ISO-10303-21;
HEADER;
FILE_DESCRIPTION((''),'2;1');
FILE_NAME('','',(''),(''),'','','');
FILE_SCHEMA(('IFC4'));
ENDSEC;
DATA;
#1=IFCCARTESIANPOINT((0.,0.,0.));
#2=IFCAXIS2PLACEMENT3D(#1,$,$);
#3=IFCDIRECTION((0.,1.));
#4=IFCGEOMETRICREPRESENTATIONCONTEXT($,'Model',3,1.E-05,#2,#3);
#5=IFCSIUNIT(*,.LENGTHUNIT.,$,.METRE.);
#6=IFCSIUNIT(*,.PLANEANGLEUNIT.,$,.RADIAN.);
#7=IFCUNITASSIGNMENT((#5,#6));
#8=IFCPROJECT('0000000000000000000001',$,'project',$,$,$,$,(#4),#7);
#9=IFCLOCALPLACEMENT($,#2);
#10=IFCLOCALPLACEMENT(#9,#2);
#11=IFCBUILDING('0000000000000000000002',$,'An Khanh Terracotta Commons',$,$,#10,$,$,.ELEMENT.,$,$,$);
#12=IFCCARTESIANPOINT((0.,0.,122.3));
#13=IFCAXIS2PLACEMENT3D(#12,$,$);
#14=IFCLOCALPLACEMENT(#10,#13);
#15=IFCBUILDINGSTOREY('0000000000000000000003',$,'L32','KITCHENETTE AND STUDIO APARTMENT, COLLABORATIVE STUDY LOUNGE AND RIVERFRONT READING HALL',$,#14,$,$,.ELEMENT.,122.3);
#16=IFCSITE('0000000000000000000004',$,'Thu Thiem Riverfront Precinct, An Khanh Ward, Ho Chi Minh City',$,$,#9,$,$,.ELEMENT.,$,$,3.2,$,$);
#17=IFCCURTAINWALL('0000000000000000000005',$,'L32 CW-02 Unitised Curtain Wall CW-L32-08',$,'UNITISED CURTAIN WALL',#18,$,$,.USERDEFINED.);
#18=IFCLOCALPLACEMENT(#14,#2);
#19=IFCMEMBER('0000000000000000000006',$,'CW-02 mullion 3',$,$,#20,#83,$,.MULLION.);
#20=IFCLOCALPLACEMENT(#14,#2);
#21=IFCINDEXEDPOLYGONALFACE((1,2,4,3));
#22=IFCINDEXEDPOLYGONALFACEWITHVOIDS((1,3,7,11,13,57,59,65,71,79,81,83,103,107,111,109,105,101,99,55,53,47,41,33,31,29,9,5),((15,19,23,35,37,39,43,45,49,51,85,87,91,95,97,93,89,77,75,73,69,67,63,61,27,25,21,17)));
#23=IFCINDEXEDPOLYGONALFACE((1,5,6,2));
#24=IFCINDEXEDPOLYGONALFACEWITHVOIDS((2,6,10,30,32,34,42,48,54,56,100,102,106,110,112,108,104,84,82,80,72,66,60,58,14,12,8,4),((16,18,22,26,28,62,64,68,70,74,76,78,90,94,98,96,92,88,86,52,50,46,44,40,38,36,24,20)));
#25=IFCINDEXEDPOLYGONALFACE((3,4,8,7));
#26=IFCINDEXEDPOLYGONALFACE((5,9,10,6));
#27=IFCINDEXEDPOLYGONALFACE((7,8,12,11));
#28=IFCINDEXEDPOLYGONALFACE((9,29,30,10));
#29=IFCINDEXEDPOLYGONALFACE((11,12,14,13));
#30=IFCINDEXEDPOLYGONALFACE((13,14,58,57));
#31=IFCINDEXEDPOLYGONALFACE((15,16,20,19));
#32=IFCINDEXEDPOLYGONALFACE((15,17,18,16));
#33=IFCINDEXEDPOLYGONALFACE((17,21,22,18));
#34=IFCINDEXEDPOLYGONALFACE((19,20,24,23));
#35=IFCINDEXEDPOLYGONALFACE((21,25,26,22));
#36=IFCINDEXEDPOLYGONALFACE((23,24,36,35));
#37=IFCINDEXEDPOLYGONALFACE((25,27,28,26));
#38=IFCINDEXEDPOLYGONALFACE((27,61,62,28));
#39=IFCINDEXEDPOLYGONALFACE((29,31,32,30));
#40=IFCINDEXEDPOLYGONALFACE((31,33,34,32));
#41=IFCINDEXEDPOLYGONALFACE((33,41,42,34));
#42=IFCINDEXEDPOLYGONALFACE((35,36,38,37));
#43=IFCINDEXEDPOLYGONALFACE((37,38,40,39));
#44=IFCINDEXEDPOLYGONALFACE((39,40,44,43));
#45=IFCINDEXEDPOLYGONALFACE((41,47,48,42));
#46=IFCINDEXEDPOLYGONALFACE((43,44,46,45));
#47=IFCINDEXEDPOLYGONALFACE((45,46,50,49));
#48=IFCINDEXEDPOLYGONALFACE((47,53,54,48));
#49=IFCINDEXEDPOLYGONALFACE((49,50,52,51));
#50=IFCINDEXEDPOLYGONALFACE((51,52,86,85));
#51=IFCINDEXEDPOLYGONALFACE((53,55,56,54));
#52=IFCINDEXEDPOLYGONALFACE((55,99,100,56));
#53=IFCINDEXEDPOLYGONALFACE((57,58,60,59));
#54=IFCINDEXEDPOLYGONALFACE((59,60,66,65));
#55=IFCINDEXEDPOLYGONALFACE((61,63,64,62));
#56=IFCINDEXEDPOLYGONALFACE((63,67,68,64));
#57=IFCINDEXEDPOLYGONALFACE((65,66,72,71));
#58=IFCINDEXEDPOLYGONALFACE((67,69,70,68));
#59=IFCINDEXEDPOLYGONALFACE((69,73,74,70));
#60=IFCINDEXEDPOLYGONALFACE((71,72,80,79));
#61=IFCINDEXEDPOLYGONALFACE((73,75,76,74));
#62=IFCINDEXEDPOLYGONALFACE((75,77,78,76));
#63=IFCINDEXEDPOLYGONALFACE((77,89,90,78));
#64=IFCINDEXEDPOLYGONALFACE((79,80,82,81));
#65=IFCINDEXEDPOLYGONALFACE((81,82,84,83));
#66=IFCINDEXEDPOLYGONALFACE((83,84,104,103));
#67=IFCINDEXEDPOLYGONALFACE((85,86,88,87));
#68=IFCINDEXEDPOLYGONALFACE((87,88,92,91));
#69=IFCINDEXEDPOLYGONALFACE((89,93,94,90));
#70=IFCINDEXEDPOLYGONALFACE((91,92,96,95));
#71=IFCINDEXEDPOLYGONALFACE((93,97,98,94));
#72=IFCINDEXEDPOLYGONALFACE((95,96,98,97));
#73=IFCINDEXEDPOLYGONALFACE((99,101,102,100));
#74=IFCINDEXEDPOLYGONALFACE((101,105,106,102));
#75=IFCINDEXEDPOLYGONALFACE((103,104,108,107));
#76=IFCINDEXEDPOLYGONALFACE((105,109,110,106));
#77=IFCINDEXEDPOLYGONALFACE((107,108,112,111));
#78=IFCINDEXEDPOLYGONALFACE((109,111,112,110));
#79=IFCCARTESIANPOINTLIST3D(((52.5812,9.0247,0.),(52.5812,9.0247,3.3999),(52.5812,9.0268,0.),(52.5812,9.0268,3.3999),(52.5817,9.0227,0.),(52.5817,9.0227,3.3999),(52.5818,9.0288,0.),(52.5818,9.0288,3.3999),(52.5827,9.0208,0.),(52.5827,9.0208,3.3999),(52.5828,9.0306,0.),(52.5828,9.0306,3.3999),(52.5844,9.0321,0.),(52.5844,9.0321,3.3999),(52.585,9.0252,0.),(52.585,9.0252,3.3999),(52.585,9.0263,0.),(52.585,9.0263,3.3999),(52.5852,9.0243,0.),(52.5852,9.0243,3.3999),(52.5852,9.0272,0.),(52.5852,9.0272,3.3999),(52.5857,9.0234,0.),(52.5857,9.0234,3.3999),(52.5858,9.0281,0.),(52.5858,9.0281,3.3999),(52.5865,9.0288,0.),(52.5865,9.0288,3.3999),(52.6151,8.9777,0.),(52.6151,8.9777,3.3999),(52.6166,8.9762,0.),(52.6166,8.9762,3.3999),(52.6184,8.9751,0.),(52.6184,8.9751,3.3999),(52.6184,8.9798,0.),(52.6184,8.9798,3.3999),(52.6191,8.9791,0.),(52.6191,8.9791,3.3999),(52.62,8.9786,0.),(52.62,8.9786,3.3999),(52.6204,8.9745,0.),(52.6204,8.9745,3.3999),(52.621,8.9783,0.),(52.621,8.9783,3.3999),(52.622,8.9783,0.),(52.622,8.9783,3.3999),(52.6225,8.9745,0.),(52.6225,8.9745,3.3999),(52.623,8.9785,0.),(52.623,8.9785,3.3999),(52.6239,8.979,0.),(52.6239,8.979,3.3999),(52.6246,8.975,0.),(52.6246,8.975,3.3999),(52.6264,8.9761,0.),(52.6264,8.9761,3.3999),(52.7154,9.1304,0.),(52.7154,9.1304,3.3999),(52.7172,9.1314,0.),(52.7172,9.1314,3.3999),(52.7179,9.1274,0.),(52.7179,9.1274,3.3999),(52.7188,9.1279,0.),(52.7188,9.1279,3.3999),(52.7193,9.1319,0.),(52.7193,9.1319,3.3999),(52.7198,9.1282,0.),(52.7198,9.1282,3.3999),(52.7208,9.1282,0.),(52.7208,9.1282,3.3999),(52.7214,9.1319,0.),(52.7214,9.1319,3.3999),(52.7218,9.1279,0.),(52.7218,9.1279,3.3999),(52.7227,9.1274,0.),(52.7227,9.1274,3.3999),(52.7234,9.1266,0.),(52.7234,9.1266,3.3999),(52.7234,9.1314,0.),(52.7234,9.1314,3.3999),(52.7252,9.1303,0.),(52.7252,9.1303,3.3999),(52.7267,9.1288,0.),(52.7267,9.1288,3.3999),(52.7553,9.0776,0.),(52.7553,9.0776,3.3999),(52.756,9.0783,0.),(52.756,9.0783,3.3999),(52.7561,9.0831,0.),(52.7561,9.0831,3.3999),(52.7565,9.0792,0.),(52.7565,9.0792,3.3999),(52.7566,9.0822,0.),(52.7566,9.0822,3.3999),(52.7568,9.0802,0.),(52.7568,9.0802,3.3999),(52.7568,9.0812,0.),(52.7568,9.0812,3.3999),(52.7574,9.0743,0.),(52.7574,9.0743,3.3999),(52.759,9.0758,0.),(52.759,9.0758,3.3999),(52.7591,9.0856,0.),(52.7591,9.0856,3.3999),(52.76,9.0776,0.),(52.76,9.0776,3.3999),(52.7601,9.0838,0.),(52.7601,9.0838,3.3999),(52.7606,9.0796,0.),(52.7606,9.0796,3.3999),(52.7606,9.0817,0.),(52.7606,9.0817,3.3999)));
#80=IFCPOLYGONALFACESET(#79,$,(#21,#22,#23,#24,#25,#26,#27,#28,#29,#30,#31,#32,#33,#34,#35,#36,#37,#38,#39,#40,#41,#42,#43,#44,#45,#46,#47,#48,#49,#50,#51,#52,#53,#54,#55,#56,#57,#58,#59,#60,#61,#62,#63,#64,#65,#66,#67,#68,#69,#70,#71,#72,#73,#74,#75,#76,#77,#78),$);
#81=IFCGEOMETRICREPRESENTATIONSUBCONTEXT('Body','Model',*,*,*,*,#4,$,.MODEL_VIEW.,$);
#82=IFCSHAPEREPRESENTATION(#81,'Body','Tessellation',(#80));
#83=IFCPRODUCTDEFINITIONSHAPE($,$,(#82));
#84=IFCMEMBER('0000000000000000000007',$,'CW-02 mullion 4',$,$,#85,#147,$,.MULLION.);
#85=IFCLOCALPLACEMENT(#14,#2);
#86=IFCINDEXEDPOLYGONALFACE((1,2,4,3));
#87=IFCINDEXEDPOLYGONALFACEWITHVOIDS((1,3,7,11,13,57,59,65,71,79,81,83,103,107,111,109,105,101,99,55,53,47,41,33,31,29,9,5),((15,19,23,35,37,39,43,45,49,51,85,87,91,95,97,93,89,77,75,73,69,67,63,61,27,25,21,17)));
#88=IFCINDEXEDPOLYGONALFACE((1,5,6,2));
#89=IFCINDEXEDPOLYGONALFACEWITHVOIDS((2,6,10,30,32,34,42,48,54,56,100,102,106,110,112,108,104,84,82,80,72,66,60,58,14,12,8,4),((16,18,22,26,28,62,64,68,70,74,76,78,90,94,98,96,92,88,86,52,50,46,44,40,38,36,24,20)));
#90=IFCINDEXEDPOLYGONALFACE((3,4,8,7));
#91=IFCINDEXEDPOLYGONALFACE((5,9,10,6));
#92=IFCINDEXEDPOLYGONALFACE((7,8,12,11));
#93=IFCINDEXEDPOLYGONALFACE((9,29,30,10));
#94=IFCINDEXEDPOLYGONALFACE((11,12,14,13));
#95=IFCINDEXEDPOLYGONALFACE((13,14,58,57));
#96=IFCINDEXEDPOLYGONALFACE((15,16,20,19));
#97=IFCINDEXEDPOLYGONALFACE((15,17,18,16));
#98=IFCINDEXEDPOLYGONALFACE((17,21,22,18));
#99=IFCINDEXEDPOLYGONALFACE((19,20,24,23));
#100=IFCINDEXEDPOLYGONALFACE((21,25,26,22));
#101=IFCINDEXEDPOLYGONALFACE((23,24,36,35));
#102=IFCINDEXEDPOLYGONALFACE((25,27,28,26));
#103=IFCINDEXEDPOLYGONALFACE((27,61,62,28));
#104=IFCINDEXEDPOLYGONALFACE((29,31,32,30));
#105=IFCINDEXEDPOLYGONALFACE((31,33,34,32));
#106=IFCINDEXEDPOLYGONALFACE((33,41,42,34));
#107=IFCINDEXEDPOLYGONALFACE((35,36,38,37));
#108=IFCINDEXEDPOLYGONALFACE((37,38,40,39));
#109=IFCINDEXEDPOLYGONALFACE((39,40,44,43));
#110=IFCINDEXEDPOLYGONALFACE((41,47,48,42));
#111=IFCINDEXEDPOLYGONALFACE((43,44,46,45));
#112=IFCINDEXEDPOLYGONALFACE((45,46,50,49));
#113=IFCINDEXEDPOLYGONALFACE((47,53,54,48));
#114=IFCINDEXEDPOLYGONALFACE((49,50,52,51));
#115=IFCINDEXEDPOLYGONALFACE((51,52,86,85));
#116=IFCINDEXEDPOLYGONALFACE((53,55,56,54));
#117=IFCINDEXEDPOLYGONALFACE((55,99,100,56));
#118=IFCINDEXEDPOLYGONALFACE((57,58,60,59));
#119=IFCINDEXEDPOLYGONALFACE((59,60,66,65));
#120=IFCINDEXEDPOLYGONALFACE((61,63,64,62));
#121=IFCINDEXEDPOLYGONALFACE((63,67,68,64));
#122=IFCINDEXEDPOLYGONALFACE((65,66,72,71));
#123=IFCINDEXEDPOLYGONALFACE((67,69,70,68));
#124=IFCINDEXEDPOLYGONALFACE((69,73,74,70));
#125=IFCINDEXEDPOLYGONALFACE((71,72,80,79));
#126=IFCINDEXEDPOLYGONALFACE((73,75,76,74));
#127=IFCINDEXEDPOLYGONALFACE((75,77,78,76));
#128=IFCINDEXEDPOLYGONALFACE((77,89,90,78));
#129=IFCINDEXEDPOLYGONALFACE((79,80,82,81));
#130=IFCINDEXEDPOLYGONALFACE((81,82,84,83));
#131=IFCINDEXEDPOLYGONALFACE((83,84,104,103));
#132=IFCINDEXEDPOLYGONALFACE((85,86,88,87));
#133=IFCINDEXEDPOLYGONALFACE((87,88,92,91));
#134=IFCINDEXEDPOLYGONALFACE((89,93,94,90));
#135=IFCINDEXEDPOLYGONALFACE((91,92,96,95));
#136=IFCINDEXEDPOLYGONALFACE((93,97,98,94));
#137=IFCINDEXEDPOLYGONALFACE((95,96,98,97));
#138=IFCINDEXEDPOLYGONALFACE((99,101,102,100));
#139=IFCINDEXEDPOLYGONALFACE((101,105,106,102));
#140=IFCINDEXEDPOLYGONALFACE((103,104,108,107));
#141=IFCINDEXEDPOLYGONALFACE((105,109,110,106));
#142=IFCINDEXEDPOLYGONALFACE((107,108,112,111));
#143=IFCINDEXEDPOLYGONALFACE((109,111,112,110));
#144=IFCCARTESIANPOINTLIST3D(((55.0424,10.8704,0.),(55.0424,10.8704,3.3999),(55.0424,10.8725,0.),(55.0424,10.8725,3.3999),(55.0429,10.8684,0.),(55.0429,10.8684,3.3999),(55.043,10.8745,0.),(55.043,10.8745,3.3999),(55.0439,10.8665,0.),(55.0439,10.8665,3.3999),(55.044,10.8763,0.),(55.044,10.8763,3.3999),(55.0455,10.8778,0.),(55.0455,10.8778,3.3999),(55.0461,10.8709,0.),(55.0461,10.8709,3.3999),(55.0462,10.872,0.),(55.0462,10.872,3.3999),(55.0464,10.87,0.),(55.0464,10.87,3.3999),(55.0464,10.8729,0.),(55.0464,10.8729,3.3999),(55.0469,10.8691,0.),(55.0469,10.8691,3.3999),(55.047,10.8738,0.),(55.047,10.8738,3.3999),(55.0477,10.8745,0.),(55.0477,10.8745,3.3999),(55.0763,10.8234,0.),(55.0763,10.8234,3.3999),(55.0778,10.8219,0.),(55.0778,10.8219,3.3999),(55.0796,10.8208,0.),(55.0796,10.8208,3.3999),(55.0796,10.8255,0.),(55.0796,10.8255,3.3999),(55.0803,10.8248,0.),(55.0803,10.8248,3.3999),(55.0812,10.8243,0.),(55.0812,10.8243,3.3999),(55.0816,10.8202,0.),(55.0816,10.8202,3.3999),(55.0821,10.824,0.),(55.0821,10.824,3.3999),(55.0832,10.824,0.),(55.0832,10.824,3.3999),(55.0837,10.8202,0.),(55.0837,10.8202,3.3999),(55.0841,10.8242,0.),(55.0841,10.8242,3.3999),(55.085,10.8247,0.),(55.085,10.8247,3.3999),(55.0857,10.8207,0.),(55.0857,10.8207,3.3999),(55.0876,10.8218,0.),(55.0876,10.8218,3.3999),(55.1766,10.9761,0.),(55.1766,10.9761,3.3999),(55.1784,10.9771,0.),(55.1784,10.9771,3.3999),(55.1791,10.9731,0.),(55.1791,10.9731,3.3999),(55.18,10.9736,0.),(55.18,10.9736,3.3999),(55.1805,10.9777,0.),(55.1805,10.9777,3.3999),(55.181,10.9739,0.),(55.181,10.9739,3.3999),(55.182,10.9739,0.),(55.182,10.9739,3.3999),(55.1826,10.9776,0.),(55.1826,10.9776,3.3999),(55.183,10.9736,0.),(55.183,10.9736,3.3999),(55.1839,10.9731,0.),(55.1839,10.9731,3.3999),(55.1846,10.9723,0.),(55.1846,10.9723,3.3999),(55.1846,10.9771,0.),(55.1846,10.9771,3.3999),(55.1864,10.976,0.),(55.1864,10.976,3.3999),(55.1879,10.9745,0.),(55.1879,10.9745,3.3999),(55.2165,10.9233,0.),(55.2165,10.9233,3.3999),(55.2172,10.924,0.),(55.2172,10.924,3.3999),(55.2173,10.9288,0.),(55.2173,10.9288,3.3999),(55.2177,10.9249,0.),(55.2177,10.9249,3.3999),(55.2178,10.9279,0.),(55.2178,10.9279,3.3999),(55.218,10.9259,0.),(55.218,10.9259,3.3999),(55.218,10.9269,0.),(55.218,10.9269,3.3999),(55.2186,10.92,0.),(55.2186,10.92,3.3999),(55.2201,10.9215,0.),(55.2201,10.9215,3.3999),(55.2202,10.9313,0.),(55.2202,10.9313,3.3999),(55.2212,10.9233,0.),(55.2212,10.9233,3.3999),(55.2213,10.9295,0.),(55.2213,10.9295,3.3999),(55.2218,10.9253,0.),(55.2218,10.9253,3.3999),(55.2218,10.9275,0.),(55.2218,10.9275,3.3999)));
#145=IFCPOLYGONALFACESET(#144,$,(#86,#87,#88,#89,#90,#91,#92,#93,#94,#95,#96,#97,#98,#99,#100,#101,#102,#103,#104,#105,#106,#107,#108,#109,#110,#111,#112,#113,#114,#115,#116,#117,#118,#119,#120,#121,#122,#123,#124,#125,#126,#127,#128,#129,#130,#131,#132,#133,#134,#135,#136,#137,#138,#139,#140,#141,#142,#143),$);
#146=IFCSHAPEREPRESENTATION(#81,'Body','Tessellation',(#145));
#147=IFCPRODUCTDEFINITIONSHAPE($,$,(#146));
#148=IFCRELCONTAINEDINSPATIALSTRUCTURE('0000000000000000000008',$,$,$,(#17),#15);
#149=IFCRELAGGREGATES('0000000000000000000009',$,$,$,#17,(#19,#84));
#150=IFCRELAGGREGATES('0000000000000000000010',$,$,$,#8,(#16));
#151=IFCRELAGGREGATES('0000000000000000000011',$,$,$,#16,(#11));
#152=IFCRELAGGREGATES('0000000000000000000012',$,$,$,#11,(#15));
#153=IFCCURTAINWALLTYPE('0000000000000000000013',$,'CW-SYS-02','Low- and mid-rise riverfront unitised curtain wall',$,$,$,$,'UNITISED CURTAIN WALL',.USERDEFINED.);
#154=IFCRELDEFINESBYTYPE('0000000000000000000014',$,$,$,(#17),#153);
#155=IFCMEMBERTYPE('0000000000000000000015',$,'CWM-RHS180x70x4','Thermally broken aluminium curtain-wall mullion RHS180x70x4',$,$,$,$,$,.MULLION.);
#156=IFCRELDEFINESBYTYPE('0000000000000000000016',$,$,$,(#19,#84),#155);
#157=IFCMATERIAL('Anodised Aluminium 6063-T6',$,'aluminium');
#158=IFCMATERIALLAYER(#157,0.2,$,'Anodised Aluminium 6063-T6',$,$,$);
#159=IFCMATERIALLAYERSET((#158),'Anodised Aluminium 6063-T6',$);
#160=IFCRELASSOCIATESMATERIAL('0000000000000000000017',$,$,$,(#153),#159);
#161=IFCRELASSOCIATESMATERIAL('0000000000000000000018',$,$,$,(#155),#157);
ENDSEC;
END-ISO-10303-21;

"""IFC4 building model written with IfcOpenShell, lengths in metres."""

from ifc_helpers import new_model, si_unit, direction, frame, origin, origin_2d, place, context, subcontext, project, spatial, hollow_rectangle, extrude, material, layer, layer_set, material_profile, profile_set, type_object, element, aggregate, save


model = new_model("IFC4")

# Units and contexts
model_context = context("Model", 3, precision=1e-05, world=origin(), true_north=direction((0.0, 1.0)))
body_context = subcontext(model_context, "Body", "Model", "MODEL_VIEW")
ifc_project = project(units=[si_unit("LENGTHUNIT", "METRE"), si_unit("PLANEANGLEUNIT", "RADIAN")], contexts=[model_context])

# Site, building, storey
site_placement = place(None, origin())
site = spatial("IfcSite", under=ifc_project, at=site_placement, Name="Thu Thiem Riverfront Precinct, An Khanh Ward, Ho Chi Minh City", CompositionType="ELEMENT", RefElevation=3.2)
building_placement = place(site_placement, origin())
building = spatial("IfcBuilding", under=site, at=building_placement, Name="An Khanh Terracotta Commons", CompositionType="ELEMENT")
storey_placement = place(building_placement, frame((0.0, 0.0, 122.3)))
storey = spatial("IfcBuildingStorey", under=building, at=storey_placement, Name="L32", Description="KITCHENETTE AND STUDIO APARTMENT, COLLABORATIVE STUDY LOUNGE AND RIVERFRONT READING HALL", CompositionType="ELEMENT", Elevation=122.3)

# Curtain wall, members
ifc_material_1 = material(Name="Anodised Aluminium 6063-T6", Category="aluminium")
ifc_layer_1 = layer(ifc_material_1, 0.2, Name="Anodised Aluminium 6063-T6")
ifc_layer_set_1 = layer_set([ifc_layer_1], Name="Anodised Aluminium 6063-T6")
curtain_wall_type = type_object("IfcCurtainWallType", Name="CW-SYS-02", Description="Low- and mid-rise riverfront unitised curtain wall", ElementType="UNITISED CURTAIN WALL", PredefinedType="USERDEFINED", material=ifc_layer_set_1)
curtain_wall_1_placement = place(storey_placement, origin())
curtain_wall_1 = element("IfcCurtainWall", 1, at=curtain_wall_1_placement, inside=storey, type_object=curtain_wall_type, Name="L32 CW-02 Unitised Curtain Wall CW-L32-08", ObjectType="UNITISED CURTAIN WALL", PredefinedType="USERDEFINED")
ifc_material_profile_1 = material_profile(ifc_material_1, hollow_rectangle(XDim=0.0701, YDim=0.1799, WallThickness=0.0039, InnerFilletRadius=0.0039, OuterFilletRadius=0.0081, at=origin_2d()), Name="RHS180x70x4")
ifc_profile_set_1 = profile_set([ifc_material_profile_1], Name="Anodised Aluminium 6063-T6")
member_type_1 = type_object("IfcMemberType", Name="CWM-RHS180x70x4", Description="Thermally broken aluminium curtain-wall mullion RHS180x70x4", PredefinedType="MULLION", material=ifc_profile_set_1)
member_1_placement = place(storey_placement, frame((52.6709, 9.0532, 0.0), z_axis=(0.0, 0.0, 1.0), x_axis=(-0.599983, 0.800013, 0.0)))
member_1 = element("IfcMember", 2, at=member_1_placement, type_object=member_type_1, Name="CW-02 mullion 3", PredefinedType="MULLION", context=body_context, shape_type="SweptSolid", body=[
    extrude(hollow_rectangle(XDim=0.0701, YDim=0.1799, WallThickness=0.0039, InnerFilletRadius=0.0039, OuterFilletRadius=0.0081, at=origin_2d()), origin(), (0.0, 0.0, 1.0), 3.3999),
])
member_2_placement = place(storey_placement, frame((55.1321, 10.8989, 0.0), z_axis=(0.0, 0.0, 1.0), x_axis=(-0.599983, 0.800013, 0.0)))
member_2 = element("IfcMember", 3, at=member_2_placement, type_object=member_type_1, Name="CW-02 mullion 4", PredefinedType="MULLION", context=body_context, shape_type="SweptSolid", body=[
    extrude(hollow_rectangle(XDim=0.0701, YDim=0.1799, WallThickness=0.0039, InnerFilletRadius=0.0039, OuterFilletRadius=0.0081, at=origin_2d()), origin(), (0.0, 0.0, 1.0), 3.3999),
])

aggregate(curtain_wall_1, [member_1, member_2])

save(model, "model.ifc")
